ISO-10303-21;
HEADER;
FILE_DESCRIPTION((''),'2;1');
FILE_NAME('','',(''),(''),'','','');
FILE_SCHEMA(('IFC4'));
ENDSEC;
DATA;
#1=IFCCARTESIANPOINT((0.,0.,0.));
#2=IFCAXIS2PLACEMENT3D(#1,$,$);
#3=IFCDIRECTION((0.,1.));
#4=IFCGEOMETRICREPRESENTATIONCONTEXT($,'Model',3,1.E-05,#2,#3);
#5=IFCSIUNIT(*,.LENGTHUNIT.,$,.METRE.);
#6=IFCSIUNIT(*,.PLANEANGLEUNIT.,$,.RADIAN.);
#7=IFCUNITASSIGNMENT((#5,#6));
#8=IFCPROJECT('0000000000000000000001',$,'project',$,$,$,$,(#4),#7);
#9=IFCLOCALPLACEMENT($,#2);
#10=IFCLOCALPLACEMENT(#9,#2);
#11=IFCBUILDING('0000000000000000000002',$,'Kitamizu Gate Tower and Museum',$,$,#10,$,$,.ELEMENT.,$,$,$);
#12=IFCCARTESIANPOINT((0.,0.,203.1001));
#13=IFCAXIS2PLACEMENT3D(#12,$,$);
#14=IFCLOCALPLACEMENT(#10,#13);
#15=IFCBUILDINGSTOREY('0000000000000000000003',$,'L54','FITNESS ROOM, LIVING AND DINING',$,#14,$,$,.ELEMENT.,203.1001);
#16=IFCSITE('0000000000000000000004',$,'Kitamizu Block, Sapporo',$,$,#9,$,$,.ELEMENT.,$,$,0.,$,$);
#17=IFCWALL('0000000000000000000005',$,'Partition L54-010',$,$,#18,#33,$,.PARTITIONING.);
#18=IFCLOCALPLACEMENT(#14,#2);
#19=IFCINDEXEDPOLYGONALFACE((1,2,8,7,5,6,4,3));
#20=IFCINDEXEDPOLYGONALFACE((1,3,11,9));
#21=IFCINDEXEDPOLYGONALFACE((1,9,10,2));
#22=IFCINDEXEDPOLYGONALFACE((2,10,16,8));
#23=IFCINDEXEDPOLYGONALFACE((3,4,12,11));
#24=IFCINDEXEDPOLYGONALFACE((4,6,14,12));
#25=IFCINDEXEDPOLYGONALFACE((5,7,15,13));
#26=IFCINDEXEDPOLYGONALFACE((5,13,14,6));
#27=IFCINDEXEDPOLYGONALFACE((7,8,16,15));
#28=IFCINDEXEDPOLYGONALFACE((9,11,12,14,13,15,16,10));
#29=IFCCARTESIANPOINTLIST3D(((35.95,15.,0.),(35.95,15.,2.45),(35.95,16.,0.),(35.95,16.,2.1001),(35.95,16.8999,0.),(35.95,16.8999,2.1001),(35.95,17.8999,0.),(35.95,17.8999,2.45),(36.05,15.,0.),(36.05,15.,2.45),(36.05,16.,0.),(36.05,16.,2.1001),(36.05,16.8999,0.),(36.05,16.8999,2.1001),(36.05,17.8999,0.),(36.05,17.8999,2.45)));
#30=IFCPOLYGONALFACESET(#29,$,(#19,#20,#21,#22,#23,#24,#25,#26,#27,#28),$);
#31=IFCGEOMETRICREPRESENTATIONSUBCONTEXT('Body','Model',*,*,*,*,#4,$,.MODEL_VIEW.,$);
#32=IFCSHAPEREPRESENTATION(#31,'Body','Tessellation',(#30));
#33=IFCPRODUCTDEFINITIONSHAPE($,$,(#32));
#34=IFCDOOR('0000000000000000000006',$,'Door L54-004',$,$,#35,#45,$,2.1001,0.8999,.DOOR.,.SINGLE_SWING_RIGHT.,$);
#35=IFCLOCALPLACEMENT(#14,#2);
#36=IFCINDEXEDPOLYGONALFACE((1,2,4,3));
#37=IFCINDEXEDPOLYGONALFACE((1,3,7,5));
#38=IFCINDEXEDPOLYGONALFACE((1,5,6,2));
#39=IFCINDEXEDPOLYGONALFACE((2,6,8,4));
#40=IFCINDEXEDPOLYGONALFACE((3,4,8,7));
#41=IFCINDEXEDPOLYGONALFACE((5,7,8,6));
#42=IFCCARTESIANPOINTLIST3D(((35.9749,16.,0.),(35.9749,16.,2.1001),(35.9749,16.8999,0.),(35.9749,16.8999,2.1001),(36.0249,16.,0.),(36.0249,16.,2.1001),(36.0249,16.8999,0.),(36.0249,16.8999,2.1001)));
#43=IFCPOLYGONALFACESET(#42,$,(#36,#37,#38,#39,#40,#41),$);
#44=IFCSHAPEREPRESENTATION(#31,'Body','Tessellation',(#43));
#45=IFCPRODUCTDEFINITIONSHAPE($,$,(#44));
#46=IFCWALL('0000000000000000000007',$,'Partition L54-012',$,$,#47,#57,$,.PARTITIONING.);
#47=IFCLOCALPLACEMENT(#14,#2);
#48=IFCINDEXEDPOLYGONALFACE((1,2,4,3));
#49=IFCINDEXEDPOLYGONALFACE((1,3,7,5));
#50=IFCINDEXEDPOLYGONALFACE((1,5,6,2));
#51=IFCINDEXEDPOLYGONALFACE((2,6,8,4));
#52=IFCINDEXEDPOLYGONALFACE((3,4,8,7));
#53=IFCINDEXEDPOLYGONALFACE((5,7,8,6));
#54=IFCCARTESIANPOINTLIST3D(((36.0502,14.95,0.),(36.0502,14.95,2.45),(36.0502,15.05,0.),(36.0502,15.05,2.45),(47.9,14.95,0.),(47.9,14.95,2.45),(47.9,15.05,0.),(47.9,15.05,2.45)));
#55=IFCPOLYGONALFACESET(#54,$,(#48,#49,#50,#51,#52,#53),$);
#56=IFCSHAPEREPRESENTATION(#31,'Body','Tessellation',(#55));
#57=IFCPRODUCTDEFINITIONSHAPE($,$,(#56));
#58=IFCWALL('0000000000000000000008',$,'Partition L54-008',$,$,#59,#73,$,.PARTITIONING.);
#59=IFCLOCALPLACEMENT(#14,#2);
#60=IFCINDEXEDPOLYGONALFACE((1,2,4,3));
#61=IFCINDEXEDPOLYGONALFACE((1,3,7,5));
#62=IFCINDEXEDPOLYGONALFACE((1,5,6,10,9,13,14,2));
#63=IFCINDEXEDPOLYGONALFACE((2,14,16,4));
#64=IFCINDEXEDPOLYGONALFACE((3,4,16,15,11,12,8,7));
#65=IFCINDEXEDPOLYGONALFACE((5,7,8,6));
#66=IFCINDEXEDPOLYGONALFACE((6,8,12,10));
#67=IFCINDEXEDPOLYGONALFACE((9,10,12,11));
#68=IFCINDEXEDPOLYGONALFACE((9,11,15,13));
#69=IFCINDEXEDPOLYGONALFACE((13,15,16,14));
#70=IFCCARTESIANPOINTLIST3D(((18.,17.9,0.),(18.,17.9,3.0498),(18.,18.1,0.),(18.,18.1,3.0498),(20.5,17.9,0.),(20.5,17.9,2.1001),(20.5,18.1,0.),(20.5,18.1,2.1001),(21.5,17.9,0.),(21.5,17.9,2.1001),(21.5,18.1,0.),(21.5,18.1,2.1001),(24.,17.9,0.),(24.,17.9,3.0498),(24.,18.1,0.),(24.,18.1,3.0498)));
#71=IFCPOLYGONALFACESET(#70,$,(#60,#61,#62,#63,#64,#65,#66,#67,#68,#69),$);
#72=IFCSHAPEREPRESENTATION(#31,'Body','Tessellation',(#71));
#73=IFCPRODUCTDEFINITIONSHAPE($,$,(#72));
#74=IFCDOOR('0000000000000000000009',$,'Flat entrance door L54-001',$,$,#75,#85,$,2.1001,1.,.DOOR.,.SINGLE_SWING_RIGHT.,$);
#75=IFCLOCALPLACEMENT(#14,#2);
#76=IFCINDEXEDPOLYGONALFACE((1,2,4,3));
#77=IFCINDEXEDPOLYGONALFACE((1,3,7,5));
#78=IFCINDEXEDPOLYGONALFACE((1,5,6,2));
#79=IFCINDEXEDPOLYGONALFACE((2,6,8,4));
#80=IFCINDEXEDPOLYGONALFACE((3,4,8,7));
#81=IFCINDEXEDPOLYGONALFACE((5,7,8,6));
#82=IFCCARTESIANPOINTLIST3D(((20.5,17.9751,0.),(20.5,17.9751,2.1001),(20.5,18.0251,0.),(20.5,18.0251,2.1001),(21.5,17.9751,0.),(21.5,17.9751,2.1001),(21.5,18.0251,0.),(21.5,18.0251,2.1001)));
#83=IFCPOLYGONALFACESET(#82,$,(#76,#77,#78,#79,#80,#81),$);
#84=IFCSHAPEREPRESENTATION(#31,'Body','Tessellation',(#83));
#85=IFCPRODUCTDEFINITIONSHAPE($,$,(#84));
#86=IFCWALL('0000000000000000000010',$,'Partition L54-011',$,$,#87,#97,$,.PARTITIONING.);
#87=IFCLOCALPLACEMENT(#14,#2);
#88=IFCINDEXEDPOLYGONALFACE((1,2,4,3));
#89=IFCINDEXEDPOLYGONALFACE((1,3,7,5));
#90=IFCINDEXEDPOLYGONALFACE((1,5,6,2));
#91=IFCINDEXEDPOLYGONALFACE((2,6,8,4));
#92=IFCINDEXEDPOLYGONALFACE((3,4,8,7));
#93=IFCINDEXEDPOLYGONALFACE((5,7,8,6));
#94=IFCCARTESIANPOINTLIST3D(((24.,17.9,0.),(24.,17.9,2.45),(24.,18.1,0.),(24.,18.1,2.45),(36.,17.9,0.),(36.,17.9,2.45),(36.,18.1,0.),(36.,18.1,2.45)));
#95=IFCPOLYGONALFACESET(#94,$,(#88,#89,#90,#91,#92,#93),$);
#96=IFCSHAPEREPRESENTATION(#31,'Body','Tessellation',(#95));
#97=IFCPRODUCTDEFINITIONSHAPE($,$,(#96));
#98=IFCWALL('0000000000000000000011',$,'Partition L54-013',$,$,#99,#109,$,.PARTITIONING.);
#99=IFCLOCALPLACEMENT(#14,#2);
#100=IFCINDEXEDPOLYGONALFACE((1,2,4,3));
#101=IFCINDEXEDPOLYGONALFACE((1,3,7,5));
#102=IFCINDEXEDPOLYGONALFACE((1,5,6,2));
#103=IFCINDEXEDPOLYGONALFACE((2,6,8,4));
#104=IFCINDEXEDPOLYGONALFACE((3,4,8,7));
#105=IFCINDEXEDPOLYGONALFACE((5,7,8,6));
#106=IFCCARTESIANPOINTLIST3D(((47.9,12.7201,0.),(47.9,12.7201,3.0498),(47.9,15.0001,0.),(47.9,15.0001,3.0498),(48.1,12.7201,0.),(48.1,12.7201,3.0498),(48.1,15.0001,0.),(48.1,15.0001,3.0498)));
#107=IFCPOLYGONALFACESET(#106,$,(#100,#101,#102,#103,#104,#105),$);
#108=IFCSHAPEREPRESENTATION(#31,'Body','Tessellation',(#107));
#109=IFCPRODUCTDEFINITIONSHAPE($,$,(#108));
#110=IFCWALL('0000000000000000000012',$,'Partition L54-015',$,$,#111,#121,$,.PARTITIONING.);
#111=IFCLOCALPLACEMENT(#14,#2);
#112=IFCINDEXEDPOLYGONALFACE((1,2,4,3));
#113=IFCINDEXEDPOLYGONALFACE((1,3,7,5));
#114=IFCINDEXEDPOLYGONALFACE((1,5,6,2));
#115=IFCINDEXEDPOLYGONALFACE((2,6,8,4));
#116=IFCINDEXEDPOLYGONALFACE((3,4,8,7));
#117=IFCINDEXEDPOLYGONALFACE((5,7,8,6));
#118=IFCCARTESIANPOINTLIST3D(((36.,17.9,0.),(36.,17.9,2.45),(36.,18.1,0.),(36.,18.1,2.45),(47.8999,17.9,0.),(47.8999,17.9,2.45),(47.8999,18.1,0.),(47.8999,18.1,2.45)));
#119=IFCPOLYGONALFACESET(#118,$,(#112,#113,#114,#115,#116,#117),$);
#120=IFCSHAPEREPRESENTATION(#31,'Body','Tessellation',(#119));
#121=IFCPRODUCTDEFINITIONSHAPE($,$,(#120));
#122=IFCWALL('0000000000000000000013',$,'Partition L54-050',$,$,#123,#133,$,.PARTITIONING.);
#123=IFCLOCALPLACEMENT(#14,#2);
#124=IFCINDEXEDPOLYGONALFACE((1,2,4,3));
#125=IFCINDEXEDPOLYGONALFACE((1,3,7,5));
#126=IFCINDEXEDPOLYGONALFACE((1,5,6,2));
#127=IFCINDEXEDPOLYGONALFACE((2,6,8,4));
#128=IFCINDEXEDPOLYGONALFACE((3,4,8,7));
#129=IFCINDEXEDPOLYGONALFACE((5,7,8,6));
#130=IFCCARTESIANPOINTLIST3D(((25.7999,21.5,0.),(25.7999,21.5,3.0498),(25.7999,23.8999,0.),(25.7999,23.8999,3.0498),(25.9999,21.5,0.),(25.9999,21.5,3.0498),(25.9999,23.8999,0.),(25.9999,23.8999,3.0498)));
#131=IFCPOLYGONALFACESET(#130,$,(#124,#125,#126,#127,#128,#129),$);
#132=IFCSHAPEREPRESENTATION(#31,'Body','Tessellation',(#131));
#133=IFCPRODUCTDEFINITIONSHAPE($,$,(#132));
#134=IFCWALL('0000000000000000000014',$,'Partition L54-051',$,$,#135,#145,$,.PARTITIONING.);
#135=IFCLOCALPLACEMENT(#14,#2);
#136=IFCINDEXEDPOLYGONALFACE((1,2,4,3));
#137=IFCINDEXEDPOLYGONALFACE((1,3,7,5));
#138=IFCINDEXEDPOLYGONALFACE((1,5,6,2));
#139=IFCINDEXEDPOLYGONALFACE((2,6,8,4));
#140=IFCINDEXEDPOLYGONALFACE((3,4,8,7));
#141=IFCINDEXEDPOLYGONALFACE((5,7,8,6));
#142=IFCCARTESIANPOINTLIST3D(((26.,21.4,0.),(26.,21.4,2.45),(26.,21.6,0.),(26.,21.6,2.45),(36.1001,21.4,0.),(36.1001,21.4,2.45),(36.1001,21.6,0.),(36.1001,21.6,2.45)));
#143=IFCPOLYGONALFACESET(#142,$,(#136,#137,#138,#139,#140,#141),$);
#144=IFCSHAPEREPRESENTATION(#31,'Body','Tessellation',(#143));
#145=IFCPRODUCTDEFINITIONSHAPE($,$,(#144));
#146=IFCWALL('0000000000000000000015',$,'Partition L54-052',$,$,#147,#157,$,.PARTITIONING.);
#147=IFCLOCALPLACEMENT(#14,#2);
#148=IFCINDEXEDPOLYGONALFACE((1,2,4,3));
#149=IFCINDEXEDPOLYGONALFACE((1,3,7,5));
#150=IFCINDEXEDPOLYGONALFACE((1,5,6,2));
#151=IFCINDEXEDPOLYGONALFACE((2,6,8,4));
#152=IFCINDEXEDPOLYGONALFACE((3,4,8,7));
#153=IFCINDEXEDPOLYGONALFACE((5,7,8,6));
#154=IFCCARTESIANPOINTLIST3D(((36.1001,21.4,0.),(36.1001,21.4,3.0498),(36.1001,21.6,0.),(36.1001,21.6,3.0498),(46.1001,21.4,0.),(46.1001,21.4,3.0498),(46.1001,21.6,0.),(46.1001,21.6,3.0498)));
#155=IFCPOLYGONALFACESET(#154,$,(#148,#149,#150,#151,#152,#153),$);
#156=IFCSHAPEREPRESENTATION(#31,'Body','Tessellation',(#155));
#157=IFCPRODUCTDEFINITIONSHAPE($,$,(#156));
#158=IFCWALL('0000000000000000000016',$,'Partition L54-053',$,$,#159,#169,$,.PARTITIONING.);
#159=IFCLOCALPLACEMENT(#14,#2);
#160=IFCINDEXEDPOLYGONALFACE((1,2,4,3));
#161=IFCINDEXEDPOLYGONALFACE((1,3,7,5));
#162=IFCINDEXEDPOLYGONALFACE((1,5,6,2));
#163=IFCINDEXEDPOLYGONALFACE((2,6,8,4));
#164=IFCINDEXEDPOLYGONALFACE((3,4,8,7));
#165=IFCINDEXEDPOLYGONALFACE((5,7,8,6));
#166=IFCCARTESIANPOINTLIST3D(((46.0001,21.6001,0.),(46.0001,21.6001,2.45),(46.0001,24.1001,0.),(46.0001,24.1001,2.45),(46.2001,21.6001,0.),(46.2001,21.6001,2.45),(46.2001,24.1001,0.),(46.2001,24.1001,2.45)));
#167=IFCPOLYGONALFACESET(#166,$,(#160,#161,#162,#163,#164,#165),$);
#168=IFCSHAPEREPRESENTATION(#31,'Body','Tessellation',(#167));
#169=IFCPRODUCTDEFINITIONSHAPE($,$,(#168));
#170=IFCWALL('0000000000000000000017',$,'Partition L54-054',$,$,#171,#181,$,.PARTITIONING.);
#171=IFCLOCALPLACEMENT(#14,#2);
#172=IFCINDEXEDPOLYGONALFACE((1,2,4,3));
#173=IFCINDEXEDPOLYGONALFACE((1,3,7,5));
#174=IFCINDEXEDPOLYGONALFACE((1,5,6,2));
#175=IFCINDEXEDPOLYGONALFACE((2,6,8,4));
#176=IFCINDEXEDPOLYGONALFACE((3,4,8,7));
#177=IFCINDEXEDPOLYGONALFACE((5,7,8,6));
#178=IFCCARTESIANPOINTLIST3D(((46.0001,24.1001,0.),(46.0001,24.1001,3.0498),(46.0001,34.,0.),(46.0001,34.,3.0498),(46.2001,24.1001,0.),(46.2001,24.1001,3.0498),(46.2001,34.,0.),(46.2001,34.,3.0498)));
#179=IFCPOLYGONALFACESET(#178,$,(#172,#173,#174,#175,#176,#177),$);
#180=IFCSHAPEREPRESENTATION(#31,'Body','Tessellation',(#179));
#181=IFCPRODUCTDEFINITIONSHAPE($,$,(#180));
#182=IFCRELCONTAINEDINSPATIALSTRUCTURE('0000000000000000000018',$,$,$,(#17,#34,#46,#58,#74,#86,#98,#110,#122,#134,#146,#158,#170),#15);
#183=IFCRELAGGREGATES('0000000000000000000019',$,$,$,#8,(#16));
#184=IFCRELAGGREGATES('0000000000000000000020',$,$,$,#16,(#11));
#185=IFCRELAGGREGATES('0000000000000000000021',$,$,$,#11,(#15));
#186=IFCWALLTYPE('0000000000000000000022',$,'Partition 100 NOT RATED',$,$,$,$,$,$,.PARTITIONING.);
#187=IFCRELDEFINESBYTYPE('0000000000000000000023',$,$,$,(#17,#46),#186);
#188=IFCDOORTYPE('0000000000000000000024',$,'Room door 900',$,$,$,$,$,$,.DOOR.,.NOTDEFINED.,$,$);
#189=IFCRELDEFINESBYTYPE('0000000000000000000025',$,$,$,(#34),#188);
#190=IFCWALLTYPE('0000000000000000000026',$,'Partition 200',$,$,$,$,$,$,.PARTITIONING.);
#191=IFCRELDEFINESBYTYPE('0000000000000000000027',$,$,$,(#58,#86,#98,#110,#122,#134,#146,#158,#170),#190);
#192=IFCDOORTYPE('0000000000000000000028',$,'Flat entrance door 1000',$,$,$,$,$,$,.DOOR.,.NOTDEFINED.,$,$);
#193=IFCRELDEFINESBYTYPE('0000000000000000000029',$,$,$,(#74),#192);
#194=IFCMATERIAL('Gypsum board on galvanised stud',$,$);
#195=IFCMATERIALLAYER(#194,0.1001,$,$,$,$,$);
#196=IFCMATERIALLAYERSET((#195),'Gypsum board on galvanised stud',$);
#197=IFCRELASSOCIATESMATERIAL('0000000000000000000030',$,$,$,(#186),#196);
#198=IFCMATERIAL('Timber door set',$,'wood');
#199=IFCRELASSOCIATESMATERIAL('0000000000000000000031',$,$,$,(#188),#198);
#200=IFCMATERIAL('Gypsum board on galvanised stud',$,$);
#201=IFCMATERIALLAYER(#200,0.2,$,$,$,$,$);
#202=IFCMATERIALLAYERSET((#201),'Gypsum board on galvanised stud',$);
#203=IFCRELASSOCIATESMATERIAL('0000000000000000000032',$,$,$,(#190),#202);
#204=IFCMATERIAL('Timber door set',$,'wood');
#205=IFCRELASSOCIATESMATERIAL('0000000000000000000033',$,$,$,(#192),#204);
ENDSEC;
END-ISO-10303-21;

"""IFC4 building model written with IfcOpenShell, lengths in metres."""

from ifc_helpers import new_model, si_unit, direction, frame, frame_2d, origin, place, context, subcontext, project, spatial, rectangle, extrude, material, layer, layer_set, type_object, element, fill, save


model = new_model("IFC4")

# Units and contexts
model_context = context("Model", 3, precision=1e-05, world=origin(), true_north=direction((0.0, 1.0)))
body_context = subcontext(model_context, "Body", "Model", "MODEL_VIEW")
ifc_project = project(units=[si_unit("LENGTHUNIT", "METRE"), si_unit("PLANEANGLEUNIT", "RADIAN")], contexts=[model_context])

# Site, building, storey
site_placement = place(None, origin())
site = spatial("IfcSite", under=ifc_project, at=site_placement, Name="Kitamizu Block, Sapporo", CompositionType="ELEMENT", RefElevation=0.0)
building_placement = place(site_placement, origin())
building = spatial("IfcBuilding", under=site, at=building_placement, Name="Kitamizu Gate Tower and Museum", CompositionType="ELEMENT")
storey_placement = place(building_placement, frame((0.0, 0.0, 203.1001)))
storey = spatial("IfcBuildingStorey", under=building, at=storey_placement, Name="L54", Description="FITNESS ROOM, LIVING AND DINING", CompositionType="ELEMENT", Elevation=203.1001)

# Wall, opening, door
ifc_material_1 = material(Name="Gypsum board on galvanised stud")
ifc_layer_1 = layer(ifc_material_1, 0.1001)
ifc_layer_set_1 = layer_set([ifc_layer_1], Name="Gypsum board on galvanised stud")
wall_type_1 = type_object("IfcWallType", Name="Partition 100 NOT RATED", PredefinedType="PARTITIONING", material=ifc_layer_set_1)
ifc_material_2 = material(Name="Timber door set", Category="wood")
door_type_1 = type_object("IfcDoorType", Name="Room door 900", OperationType="NOTDEFINED", PredefinedType="DOOR", material=ifc_material_2)
wall_1_placement = place(storey_placement, frame((36.0, 15.0, 0.0), z_axis=(0.0, 0.0, 1.0), x_axis=(0.0, 1.0, 0.0)))
wall_1 = element("IfcWall", 1, at=wall_1_placement, inside=storey, type_object=wall_type_1, Name="Partition L54-010", PredefinedType="PARTITIONING", context=body_context, shape_type="SweptSolid", body=[
    extrude(rectangle(XDim=2.8999, YDim=0.1001, at=frame_2d((1.45, 0.0))), origin(), (0.0, 0.0, 1.0), 2.45),
])
opening_1_placement = place(wall_1_placement, frame((1.0, 0.0, 0.0)))
opening_1 = element("IfcOpeningElement", 2, at=opening_1_placement, cuts=wall_1, PredefinedType="OPENING", context=body_context, shape_type="SweptSolid", body=[
    extrude(rectangle(XDim=0.8999, YDim=2.1001, at=frame_2d((0.45, 1.05))), frame((0.0, 0.0601, 0.0), z_axis=(0.0, -1.0, 0.0), x_axis=(1.0, 0.0, 0.0)), (0.0, 0.0, 1.0), 0.1201),
])
door_1_placement = place(opening_1_placement, frame((0.8999, 0.0, 0.0), x_axis=(-1.0, 0.0, 0.0)))
door_1 = element("IfcDoor", 3, at=door_1_placement, inside=storey, type_object=door_type_1, Name="Door L54-004", OperationType="SINGLE_SWING_RIGHT", OverallHeight=2.1001, OverallWidth=0.8999, PredefinedType="DOOR", context=body_context, shape_type="SweptSolid", body=[
    extrude(rectangle(XDim=0.8999, YDim=2.1001, at=frame_2d((0.45, 1.05))), frame((0.0, 0.0249, 0.0), z_axis=(0.0, -1.0, 0.0), x_axis=(1.0, 0.0, 0.0)), (0.0, 0.0, 1.0), 0.05),
])
fill(opening_1, door_1)

# Wall
wall_2_placement = place(storey_placement, frame((47.8999, 15.0, 0.0), z_axis=(0.0, 0.0, 1.0), x_axis=(-1.0, 0.0, 0.0)))
element("IfcWall", 4, at=wall_2_placement, inside=storey, type_object=wall_type_1, Name="Partition L54-012", PredefinedType="PARTITIONING", context=body_context, shape_type="SweptSolid", body=[
    extrude(rectangle(XDim=11.8499, YDim=0.1001, at=frame_2d((5.9248, 0.0))), origin(), (0.0, 0.0, 1.0), 2.45),
])

# Wall, opening, door
ifc_material_3 = material(Name="Gypsum board on galvanised stud")
ifc_layer_2 = layer(ifc_material_3, 0.2)
ifc_layer_set_2 = layer_set([ifc_layer_2], Name="Gypsum board on galvanised stud")
wall_type_2 = type_object("IfcWallType", Name="Partition 200", PredefinedType="PARTITIONING", material=ifc_layer_set_2)
wall_3_placement = place(storey_placement, frame((24.0, 18.0, 0.0), z_axis=(0.0, 0.0, 1.0), x_axis=(-1.0, 0.0, 0.0)))
wall_3 = element("IfcWall", 5, at=wall_3_placement, inside=storey, type_object=wall_type_2, Name="Partition L54-008", PredefinedType="PARTITIONING", context=body_context, shape_type="SweptSolid", body=[
    extrude(rectangle(XDim=6.0, YDim=0.2, at=frame_2d((3.0, 0.0))), origin(), (0.0, 0.0, 1.0), 3.0498),
])
opening_2_placement = place(wall_3_placement, frame((2.5, 0.0, 0.0)))
opening_2 = element("IfcOpeningElement", 6, at=opening_2_placement, cuts=wall_3, PredefinedType="OPENING", context=body_context, shape_type="SweptSolid", body=[
    extrude(rectangle(XDim=1.0, YDim=2.1001, at=frame_2d((0.5, 1.05))), frame((0.0, 0.1099, 0.0), z_axis=(0.0, -1.0, 0.0), x_axis=(1.0, 0.0, 0.0)), (0.0, 0.0, 1.0), 0.22),
])
ifc_material_4 = material(Name="Timber door set", Category="wood")
door_type_2 = type_object("IfcDoorType", Name="Flat entrance door 1000", OperationType="NOTDEFINED", PredefinedType="DOOR", material=ifc_material_4)
door_2_placement = place(opening_2_placement, origin())
door_2 = element("IfcDoor", 7, at=door_2_placement, inside=storey, type_object=door_type_2, Name="Flat entrance door L54-001", OperationType="SINGLE_SWING_RIGHT", OverallHeight=2.1001, OverallWidth=1.0, PredefinedType="DOOR", context=body_context, shape_type="SweptSolid", body=[
    extrude(rectangle(XDim=1.0, YDim=2.1001, at=frame_2d((0.5, 1.05))), frame((0.0, 0.0249, 0.0), z_axis=(0.0, -1.0, 0.0), x_axis=(1.0, 0.0, 0.0)), (0.0, 0.0, 1.0), 0.05),
])
fill(opening_2, door_2)

# Walls
wall_4_placement = place(storey_placement, frame((36.0, 18.0, 0.0), z_axis=(0.0, 0.0, 1.0), x_axis=(-1.0, 0.0, 0.0)))
element("IfcWall", 8, at=wall_4_placement, inside=storey, type_object=wall_type_2, Name="Partition L54-011", PredefinedType="PARTITIONING", context=body_context, shape_type="SweptSolid", body=[
    extrude(rectangle(XDim=12.0, YDim=0.2, at=frame_2d((6.0, 0.0))), origin(), (0.0, 0.0, 1.0), 2.45),
])
wall_5_placement = place(storey_placement, frame((48.0, 12.72, 0.0), z_axis=(0.0, 0.0, 1.0), x_axis=(0.0, 1.0, 0.0)))
element("IfcWall", 9, at=wall_5_placement, inside=storey, type_object=wall_type_2, Name="Partition L54-013", PredefinedType="PARTITIONING", context=body_context, shape_type="SweptSolid", body=[
    extrude(rectangle(XDim=2.28, YDim=0.2, at=frame_2d((1.1401, 0.0))), origin(), (0.0, 0.0, 1.0), 3.0498),
])
wall_6_placement = place(storey_placement, frame((47.8999, 18.0, 0.0), z_axis=(0.0, 0.0, 1.0), x_axis=(-1.0, 0.0, 0.0)))
element("IfcWall", 10, at=wall_6_placement, inside=storey, type_object=wall_type_2, Name="Partition L54-015", PredefinedType="PARTITIONING", context=body_context, shape_type="SweptSolid", body=[
    extrude(rectangle(XDim=11.8999, YDim=0.2, at=frame_2d((5.95, 0.0))), origin(), (0.0, 0.0, 1.0), 2.45),
])
wall_7_placement = place(storey_placement, frame((25.8999, 23.8999, 0.0), z_axis=(0.0, 0.0, 1.0), x_axis=(0.0, -1.0, 0.0)))
element("IfcWall", 11, at=wall_7_placement, inside=storey, type_object=wall_type_2, Name="Partition L54-050", PredefinedType="PARTITIONING", context=body_context, shape_type="SweptSolid", body=[
    extrude(rectangle(XDim=2.3999, YDim=0.2, at=frame_2d((1.2, 0.0))), origin(), (0.0, 0.0, 1.0), 3.0498),
])
wall_8_placement = place(storey_placement, frame((26.0, 21.5, 0.0), z_axis=(0.0, 0.0, 1.0), x_axis=(1.0, 0.0, 0.0)))
element("IfcWall", 12, at=wall_8_placement, inside=storey, type_object=wall_type_2, Name="Partition L54-051", PredefinedType="PARTITIONING", context=body_context, shape_type="SweptSolid", body=[
    extrude(rectangle(XDim=10.1001, YDim=0.2, at=frame_2d((5.05, 0.0))), origin(), (0.0, 0.0, 1.0), 2.45),
])
wall_9_placement = place(storey_placement, frame((36.1001, 21.5, 0.0), z_axis=(0.0, 0.0, 1.0), x_axis=(1.0, 0.0, 0.0)))
element("IfcWall", 13, at=wall_9_placement, inside=storey, type_object=wall_type_2, Name="Partition L54-052", PredefinedType="PARTITIONING", context=body_context, shape_type="SweptSolid", body=[
    extrude(rectangle(XDim=10.0, YDim=0.2, at=frame_2d((5.0, 0.0))), origin(), (0.0, 0.0, 1.0), 3.0498),
])
wall_10_placement = place(storey_placement, frame((46.1001, 21.6001, 0.0), z_axis=(0.0, 0.0, 1.0), x_axis=(0.0, 1.0, 0.0)))
element("IfcWall", 14, at=wall_10_placement, inside=storey, type_object=wall_type_2, Name="Partition L54-053", PredefinedType="PARTITIONING", context=body_context, shape_type="SweptSolid", body=[
    extrude(rectangle(XDim=2.5, YDim=0.2, at=frame_2d((1.25, 0.0))), origin(), (0.0, 0.0, 1.0), 2.45),
])
wall_11_placement = place(storey_placement, frame((46.1001, 24.1001, 0.0), z_axis=(0.0, 0.0, 1.0), x_axis=(0.0, 1.0, 0.0)))
element("IfcWall", 15, at=wall_11_placement, inside=storey, type_object=wall_type_2, Name="Partition L54-054", PredefinedType="PARTITIONING", context=body_context, shape_type="SweptSolid", body=[
    extrude(rectangle(XDim=9.8999, YDim=0.2, at=frame_2d((4.95, 0.0))), origin(), (0.0, 0.0, 1.0), 3.0498),
])

save(model, "model.ifc")
